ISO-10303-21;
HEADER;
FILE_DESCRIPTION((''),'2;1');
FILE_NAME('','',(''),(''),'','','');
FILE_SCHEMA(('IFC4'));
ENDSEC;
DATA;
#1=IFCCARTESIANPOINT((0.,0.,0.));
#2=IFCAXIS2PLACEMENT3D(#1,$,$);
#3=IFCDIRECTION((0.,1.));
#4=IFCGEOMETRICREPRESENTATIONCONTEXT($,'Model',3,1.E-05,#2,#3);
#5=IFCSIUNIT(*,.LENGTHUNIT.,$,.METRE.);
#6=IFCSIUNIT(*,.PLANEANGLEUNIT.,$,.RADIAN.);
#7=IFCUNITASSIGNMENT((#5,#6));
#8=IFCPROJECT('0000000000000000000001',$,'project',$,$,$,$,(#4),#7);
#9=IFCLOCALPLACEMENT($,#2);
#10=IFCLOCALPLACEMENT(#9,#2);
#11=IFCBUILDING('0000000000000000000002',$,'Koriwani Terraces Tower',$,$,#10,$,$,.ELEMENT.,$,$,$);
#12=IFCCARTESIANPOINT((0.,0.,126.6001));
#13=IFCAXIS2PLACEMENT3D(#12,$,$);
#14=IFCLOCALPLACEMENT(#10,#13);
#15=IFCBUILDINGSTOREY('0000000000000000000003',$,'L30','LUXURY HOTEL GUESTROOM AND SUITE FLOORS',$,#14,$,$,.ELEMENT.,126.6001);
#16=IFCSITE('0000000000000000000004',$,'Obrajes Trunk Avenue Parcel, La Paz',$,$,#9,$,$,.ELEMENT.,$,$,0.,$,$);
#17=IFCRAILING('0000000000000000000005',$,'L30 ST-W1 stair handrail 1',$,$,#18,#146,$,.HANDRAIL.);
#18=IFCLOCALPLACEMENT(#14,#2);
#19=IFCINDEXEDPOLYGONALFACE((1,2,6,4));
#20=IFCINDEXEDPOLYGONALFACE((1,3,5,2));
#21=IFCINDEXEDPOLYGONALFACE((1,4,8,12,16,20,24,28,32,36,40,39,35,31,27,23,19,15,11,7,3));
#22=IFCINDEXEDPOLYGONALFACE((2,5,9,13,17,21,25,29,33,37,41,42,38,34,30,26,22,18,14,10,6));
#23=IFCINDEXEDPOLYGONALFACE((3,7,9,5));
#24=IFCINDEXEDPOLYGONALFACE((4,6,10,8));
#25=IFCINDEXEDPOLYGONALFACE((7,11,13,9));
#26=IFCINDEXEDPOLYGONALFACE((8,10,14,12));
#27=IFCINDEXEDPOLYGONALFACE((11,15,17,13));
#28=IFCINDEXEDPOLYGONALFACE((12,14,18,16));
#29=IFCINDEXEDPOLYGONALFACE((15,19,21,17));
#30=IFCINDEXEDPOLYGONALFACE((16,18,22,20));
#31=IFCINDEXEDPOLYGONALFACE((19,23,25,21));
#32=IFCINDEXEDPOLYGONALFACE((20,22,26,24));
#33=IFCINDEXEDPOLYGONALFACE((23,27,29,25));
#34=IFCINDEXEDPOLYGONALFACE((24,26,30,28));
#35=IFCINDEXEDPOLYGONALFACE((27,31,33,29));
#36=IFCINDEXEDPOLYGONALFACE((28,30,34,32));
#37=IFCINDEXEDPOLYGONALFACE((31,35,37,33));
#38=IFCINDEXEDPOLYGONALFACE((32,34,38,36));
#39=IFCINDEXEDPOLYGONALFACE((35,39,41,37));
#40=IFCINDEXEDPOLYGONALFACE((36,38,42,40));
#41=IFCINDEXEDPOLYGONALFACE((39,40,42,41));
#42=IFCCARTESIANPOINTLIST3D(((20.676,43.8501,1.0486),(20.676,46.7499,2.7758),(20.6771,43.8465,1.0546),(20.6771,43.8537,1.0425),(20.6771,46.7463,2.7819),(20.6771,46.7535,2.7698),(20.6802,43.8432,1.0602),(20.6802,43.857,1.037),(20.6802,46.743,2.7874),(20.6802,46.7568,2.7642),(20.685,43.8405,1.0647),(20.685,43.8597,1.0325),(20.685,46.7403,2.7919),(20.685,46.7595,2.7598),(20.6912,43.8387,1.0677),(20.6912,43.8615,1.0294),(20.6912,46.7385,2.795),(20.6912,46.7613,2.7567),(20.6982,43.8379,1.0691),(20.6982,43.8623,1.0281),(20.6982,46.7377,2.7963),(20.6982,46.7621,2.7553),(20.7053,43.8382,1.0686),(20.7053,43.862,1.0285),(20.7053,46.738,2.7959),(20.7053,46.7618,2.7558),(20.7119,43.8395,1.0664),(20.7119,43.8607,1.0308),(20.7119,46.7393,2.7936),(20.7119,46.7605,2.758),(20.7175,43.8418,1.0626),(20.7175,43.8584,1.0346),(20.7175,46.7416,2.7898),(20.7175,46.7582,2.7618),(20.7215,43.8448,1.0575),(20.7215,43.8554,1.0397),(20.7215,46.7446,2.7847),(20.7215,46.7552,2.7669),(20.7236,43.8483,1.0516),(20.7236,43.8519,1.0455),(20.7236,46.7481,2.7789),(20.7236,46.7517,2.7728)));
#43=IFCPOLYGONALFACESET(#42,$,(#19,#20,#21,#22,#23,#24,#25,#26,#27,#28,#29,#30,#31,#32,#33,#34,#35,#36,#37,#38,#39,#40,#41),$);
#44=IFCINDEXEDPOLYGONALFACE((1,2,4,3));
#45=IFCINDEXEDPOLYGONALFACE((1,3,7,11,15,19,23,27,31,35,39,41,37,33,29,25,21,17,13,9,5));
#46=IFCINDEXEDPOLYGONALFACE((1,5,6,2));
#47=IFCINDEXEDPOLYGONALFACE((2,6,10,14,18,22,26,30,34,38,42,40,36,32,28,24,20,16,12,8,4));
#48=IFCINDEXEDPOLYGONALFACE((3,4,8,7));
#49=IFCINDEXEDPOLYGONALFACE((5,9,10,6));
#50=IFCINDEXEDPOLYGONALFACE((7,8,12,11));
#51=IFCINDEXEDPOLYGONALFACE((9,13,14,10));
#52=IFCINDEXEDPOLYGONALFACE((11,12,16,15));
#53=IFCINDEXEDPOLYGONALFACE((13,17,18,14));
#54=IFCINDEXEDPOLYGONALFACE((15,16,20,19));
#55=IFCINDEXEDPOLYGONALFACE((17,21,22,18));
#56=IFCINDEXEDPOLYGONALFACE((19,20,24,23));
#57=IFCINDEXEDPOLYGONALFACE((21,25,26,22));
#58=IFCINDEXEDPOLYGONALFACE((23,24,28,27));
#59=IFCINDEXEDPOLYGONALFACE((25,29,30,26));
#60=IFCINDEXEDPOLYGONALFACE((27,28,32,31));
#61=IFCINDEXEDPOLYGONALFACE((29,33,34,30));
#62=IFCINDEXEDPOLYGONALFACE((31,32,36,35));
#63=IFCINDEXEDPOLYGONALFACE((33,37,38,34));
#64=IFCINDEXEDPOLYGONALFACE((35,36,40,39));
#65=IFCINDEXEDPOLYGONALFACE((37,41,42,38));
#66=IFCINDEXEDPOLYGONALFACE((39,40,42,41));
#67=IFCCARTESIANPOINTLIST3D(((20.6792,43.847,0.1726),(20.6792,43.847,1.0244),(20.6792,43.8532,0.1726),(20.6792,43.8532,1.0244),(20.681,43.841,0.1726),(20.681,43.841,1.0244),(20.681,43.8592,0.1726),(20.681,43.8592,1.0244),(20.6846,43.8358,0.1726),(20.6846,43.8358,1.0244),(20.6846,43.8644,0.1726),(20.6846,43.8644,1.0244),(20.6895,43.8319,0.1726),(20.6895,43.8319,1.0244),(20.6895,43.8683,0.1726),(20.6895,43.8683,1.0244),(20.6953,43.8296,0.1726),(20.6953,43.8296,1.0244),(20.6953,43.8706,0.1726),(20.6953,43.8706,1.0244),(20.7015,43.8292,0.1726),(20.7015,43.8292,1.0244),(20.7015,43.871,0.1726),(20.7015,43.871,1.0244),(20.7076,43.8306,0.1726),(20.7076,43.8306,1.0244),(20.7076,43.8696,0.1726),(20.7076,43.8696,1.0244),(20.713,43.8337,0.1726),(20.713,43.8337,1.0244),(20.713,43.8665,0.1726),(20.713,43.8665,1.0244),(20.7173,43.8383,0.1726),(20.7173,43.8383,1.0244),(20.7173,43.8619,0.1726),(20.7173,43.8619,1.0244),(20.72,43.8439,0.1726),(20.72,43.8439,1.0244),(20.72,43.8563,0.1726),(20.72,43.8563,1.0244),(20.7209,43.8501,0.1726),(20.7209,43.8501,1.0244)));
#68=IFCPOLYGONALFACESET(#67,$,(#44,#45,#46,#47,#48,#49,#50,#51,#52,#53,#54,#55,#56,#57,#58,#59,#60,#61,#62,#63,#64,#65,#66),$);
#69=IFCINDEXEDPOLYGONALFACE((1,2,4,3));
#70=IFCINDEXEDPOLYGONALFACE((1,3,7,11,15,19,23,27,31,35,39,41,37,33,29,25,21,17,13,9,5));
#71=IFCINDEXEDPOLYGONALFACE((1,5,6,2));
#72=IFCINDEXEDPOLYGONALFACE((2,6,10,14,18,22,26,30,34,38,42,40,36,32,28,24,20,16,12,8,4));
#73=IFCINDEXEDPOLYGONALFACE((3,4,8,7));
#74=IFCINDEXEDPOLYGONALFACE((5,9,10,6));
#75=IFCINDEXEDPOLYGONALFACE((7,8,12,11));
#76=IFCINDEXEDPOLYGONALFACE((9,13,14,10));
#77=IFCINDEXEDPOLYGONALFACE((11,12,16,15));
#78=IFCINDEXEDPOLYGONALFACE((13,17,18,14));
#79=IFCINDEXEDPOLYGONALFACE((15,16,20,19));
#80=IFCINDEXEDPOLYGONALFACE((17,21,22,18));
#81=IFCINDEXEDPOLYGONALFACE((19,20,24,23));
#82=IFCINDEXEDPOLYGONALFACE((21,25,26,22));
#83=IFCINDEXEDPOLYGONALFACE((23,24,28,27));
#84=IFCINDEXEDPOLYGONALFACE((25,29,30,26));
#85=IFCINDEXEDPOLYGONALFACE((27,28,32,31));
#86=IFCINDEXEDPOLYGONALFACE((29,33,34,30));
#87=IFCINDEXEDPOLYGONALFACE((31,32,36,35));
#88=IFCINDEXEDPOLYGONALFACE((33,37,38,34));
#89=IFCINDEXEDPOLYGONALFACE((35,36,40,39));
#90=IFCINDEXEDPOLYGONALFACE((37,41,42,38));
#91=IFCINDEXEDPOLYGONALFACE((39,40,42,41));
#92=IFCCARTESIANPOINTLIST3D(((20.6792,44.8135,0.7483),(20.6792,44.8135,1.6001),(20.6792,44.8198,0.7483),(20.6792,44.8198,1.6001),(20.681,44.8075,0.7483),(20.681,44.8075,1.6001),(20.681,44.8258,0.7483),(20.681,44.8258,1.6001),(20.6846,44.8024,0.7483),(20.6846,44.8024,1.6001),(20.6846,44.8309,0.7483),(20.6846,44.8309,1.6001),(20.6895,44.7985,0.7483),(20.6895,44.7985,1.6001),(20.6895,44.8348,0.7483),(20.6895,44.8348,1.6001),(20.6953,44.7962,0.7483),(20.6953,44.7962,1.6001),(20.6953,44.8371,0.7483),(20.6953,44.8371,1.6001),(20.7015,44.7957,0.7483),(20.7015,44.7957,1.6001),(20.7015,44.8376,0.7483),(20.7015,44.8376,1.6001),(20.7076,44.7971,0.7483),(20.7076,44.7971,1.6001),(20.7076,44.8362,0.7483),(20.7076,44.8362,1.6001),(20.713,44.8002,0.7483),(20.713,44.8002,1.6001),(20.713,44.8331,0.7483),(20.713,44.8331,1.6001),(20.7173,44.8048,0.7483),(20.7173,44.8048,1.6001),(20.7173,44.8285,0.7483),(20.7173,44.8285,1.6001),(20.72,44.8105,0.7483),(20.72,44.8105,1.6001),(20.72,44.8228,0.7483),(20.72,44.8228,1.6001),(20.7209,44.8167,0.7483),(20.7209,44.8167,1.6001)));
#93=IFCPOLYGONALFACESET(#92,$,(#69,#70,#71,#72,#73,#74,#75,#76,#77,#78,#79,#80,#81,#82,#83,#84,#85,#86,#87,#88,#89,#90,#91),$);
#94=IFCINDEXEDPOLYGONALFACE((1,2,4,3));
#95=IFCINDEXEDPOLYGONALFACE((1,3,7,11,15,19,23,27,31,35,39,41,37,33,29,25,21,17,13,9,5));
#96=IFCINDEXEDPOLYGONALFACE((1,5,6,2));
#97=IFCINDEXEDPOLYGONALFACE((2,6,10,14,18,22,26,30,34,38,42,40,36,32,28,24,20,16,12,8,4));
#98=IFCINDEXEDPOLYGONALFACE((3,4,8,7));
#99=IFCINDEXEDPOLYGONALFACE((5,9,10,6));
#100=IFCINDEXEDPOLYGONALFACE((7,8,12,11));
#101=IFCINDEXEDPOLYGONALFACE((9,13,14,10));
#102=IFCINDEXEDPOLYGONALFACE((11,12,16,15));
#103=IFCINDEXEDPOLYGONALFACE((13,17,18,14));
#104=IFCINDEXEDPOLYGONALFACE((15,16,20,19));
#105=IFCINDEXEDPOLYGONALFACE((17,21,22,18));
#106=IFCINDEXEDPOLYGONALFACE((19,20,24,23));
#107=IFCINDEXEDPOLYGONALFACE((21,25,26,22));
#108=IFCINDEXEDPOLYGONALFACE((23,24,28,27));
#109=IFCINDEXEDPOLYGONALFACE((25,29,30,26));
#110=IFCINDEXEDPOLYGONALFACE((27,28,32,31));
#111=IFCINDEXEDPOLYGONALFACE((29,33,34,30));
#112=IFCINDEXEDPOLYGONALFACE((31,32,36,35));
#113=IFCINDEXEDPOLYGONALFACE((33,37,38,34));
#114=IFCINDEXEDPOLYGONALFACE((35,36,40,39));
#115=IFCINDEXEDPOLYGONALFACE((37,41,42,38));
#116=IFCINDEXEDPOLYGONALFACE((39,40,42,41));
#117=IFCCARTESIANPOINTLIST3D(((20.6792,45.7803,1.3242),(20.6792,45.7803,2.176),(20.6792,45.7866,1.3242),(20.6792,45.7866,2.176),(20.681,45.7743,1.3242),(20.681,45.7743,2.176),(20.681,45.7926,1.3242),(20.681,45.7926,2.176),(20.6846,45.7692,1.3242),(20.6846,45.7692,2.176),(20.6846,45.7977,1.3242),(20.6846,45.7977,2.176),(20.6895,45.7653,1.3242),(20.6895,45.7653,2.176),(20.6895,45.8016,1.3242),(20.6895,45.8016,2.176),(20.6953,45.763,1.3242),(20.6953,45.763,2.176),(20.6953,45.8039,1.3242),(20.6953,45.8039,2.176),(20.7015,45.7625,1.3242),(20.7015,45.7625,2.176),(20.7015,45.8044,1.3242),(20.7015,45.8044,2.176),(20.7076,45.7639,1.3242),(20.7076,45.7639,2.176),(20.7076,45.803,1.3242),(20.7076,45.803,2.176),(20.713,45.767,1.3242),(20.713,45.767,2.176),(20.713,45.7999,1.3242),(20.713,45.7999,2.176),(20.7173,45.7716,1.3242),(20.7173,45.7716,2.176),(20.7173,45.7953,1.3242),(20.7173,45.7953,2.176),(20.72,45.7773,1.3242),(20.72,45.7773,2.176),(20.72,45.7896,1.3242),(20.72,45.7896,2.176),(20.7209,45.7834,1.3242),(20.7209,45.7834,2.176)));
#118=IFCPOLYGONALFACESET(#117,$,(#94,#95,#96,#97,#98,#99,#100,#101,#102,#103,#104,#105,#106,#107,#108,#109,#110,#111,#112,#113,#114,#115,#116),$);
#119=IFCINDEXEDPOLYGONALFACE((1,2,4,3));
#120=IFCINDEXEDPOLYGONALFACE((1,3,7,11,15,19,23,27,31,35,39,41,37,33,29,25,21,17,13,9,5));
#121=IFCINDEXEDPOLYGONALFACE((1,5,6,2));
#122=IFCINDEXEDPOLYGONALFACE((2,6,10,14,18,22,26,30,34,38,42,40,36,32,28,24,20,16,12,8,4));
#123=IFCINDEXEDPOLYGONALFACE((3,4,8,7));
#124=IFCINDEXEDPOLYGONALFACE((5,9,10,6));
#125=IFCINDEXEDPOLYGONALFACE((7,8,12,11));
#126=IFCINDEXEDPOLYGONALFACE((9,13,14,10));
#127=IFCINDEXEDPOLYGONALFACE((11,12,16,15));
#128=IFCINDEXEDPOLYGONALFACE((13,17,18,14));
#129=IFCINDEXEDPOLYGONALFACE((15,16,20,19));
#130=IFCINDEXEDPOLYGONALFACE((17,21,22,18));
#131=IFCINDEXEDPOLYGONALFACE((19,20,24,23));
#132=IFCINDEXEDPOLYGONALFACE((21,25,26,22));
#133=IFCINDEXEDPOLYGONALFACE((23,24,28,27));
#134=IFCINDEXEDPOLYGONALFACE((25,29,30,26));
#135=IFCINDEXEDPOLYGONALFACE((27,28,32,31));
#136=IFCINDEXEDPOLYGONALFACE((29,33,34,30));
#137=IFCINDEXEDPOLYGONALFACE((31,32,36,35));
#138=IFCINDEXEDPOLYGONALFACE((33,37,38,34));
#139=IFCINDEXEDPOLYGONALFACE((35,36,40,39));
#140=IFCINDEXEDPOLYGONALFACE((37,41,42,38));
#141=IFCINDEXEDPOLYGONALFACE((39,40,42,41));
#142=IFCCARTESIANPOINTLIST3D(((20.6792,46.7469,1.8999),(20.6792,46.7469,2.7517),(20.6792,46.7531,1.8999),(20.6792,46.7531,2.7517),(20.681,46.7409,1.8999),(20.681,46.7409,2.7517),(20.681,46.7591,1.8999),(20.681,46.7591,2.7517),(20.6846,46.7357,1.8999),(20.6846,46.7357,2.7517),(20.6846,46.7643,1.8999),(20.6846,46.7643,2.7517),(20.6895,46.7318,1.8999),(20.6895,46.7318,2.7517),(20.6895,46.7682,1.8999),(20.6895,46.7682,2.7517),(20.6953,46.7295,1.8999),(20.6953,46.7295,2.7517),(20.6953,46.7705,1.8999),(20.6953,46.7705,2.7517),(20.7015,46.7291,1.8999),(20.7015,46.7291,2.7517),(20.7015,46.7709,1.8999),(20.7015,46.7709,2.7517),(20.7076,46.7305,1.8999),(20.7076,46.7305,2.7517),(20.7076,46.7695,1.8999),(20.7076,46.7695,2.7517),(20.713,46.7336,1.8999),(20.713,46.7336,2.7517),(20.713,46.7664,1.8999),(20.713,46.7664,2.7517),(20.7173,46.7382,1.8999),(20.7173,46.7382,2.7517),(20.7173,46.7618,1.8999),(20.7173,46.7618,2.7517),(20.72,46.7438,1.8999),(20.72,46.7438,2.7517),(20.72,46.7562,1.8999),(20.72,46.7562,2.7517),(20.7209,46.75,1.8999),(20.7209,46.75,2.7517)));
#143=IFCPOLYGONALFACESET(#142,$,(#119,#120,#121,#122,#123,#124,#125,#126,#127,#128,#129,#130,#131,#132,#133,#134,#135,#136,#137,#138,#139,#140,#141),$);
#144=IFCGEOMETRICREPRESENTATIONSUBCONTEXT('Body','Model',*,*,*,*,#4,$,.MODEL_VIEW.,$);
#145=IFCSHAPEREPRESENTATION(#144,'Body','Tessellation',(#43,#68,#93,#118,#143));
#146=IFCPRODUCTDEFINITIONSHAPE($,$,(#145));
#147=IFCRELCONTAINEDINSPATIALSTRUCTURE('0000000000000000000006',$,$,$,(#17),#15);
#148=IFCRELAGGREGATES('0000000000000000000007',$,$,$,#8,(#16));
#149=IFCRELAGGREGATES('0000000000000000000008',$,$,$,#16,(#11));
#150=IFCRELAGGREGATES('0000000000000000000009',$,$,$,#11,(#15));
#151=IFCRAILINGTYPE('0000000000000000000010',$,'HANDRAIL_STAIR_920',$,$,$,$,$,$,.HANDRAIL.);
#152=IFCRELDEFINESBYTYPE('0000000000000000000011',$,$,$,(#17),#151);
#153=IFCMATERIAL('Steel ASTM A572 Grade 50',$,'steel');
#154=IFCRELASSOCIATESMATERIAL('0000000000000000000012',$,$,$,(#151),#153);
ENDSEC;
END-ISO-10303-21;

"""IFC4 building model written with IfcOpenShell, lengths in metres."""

from ifc_helpers import new_model, si_unit, direction, frame, origin, origin_2d, place, context, subcontext, project, spatial, circle, extrude, material, type_object, element, save


model = new_model("IFC4")

# Units and contexts
model_context = context("Model", 3, precision=1e-05, world=origin(), true_north=direction((0.0, 1.0)))
body_context = subcontext(model_context, "Body", "Model", "MODEL_VIEW")
ifc_project = project(units=[si_unit("LENGTHUNIT", "METRE"), si_unit("PLANEANGLEUNIT", "RADIAN")], contexts=[model_context])

# Site, building, storey
site_placement = place(None, origin())
site = spatial("IfcSite", under=ifc_project, at=site_placement, Name="Obrajes Trunk Avenue Parcel, La Paz", CompositionType="ELEMENT", RefElevation=0.0)
building_placement = place(site_placement, origin())
building = spatial("IfcBuilding", under=site, at=building_placement, Name="Koriwani Terraces Tower", CompositionType="ELEMENT")
storey_placement = place(building_placement, frame((0.0, 0.0, 126.6001)))
storey = spatial("IfcBuildingStorey", under=building, at=storey_placement, Name="L30", Description="LUXURY HOTEL GUESTROOM AND SUITE FLOORS", CompositionType="ELEMENT", Elevation=126.6001)

# Shared definitions
ifc_material_1 = material(Name="Steel ASTM A572 Grade 50", Category="steel")

# Railing
railing_type_1 = type_object("IfcRailingType", Name="HANDRAIL_STAIR_920", PredefinedType="HANDRAIL", material=ifc_material_1)
for number, where, name in (
    (1, (20.7, 43.8501, 0.1726), "L30 ST-W1 stair handrail 1"),
):
    element("IfcRailing", number, at=place(storey_placement, frame(where)), inside=storey, type_object=railing_type_1, Name=name, PredefinedType="HANDRAIL", context=body_context, shape_type="SweptSolid", body=[
        extrude(circle(Radius=0.0239, at=origin_2d()), frame((0.0, 0.0, 0.876), z_axis=(0.0, 0.859141, 0.511738), x_axis=(-1.0, 0.0, 0.0)), (0.0, 0.0, 1.0), 3.3752),
        extrude(circle(Radius=0.021, at=origin_2d()), origin(), (0.0, 0.0, 1.0), 0.8518),
        extrude(circle(Radius=0.021, at=origin_2d()), frame((0.0, 0.9666, 0.5757)), (0.0, 0.0, 1.0), 0.8518),
        extrude(circle(Radius=0.021, at=origin_2d()), frame((0.0, 1.9333, 1.1516)), (0.0, 0.0, 1.0), 0.8518),
        extrude(circle(Radius=0.021, at=origin_2d()), frame((0.0, 2.8999, 1.7273)), (0.0, 0.0, 1.0), 0.8518),
    ])

save(model, "model.ifc")
